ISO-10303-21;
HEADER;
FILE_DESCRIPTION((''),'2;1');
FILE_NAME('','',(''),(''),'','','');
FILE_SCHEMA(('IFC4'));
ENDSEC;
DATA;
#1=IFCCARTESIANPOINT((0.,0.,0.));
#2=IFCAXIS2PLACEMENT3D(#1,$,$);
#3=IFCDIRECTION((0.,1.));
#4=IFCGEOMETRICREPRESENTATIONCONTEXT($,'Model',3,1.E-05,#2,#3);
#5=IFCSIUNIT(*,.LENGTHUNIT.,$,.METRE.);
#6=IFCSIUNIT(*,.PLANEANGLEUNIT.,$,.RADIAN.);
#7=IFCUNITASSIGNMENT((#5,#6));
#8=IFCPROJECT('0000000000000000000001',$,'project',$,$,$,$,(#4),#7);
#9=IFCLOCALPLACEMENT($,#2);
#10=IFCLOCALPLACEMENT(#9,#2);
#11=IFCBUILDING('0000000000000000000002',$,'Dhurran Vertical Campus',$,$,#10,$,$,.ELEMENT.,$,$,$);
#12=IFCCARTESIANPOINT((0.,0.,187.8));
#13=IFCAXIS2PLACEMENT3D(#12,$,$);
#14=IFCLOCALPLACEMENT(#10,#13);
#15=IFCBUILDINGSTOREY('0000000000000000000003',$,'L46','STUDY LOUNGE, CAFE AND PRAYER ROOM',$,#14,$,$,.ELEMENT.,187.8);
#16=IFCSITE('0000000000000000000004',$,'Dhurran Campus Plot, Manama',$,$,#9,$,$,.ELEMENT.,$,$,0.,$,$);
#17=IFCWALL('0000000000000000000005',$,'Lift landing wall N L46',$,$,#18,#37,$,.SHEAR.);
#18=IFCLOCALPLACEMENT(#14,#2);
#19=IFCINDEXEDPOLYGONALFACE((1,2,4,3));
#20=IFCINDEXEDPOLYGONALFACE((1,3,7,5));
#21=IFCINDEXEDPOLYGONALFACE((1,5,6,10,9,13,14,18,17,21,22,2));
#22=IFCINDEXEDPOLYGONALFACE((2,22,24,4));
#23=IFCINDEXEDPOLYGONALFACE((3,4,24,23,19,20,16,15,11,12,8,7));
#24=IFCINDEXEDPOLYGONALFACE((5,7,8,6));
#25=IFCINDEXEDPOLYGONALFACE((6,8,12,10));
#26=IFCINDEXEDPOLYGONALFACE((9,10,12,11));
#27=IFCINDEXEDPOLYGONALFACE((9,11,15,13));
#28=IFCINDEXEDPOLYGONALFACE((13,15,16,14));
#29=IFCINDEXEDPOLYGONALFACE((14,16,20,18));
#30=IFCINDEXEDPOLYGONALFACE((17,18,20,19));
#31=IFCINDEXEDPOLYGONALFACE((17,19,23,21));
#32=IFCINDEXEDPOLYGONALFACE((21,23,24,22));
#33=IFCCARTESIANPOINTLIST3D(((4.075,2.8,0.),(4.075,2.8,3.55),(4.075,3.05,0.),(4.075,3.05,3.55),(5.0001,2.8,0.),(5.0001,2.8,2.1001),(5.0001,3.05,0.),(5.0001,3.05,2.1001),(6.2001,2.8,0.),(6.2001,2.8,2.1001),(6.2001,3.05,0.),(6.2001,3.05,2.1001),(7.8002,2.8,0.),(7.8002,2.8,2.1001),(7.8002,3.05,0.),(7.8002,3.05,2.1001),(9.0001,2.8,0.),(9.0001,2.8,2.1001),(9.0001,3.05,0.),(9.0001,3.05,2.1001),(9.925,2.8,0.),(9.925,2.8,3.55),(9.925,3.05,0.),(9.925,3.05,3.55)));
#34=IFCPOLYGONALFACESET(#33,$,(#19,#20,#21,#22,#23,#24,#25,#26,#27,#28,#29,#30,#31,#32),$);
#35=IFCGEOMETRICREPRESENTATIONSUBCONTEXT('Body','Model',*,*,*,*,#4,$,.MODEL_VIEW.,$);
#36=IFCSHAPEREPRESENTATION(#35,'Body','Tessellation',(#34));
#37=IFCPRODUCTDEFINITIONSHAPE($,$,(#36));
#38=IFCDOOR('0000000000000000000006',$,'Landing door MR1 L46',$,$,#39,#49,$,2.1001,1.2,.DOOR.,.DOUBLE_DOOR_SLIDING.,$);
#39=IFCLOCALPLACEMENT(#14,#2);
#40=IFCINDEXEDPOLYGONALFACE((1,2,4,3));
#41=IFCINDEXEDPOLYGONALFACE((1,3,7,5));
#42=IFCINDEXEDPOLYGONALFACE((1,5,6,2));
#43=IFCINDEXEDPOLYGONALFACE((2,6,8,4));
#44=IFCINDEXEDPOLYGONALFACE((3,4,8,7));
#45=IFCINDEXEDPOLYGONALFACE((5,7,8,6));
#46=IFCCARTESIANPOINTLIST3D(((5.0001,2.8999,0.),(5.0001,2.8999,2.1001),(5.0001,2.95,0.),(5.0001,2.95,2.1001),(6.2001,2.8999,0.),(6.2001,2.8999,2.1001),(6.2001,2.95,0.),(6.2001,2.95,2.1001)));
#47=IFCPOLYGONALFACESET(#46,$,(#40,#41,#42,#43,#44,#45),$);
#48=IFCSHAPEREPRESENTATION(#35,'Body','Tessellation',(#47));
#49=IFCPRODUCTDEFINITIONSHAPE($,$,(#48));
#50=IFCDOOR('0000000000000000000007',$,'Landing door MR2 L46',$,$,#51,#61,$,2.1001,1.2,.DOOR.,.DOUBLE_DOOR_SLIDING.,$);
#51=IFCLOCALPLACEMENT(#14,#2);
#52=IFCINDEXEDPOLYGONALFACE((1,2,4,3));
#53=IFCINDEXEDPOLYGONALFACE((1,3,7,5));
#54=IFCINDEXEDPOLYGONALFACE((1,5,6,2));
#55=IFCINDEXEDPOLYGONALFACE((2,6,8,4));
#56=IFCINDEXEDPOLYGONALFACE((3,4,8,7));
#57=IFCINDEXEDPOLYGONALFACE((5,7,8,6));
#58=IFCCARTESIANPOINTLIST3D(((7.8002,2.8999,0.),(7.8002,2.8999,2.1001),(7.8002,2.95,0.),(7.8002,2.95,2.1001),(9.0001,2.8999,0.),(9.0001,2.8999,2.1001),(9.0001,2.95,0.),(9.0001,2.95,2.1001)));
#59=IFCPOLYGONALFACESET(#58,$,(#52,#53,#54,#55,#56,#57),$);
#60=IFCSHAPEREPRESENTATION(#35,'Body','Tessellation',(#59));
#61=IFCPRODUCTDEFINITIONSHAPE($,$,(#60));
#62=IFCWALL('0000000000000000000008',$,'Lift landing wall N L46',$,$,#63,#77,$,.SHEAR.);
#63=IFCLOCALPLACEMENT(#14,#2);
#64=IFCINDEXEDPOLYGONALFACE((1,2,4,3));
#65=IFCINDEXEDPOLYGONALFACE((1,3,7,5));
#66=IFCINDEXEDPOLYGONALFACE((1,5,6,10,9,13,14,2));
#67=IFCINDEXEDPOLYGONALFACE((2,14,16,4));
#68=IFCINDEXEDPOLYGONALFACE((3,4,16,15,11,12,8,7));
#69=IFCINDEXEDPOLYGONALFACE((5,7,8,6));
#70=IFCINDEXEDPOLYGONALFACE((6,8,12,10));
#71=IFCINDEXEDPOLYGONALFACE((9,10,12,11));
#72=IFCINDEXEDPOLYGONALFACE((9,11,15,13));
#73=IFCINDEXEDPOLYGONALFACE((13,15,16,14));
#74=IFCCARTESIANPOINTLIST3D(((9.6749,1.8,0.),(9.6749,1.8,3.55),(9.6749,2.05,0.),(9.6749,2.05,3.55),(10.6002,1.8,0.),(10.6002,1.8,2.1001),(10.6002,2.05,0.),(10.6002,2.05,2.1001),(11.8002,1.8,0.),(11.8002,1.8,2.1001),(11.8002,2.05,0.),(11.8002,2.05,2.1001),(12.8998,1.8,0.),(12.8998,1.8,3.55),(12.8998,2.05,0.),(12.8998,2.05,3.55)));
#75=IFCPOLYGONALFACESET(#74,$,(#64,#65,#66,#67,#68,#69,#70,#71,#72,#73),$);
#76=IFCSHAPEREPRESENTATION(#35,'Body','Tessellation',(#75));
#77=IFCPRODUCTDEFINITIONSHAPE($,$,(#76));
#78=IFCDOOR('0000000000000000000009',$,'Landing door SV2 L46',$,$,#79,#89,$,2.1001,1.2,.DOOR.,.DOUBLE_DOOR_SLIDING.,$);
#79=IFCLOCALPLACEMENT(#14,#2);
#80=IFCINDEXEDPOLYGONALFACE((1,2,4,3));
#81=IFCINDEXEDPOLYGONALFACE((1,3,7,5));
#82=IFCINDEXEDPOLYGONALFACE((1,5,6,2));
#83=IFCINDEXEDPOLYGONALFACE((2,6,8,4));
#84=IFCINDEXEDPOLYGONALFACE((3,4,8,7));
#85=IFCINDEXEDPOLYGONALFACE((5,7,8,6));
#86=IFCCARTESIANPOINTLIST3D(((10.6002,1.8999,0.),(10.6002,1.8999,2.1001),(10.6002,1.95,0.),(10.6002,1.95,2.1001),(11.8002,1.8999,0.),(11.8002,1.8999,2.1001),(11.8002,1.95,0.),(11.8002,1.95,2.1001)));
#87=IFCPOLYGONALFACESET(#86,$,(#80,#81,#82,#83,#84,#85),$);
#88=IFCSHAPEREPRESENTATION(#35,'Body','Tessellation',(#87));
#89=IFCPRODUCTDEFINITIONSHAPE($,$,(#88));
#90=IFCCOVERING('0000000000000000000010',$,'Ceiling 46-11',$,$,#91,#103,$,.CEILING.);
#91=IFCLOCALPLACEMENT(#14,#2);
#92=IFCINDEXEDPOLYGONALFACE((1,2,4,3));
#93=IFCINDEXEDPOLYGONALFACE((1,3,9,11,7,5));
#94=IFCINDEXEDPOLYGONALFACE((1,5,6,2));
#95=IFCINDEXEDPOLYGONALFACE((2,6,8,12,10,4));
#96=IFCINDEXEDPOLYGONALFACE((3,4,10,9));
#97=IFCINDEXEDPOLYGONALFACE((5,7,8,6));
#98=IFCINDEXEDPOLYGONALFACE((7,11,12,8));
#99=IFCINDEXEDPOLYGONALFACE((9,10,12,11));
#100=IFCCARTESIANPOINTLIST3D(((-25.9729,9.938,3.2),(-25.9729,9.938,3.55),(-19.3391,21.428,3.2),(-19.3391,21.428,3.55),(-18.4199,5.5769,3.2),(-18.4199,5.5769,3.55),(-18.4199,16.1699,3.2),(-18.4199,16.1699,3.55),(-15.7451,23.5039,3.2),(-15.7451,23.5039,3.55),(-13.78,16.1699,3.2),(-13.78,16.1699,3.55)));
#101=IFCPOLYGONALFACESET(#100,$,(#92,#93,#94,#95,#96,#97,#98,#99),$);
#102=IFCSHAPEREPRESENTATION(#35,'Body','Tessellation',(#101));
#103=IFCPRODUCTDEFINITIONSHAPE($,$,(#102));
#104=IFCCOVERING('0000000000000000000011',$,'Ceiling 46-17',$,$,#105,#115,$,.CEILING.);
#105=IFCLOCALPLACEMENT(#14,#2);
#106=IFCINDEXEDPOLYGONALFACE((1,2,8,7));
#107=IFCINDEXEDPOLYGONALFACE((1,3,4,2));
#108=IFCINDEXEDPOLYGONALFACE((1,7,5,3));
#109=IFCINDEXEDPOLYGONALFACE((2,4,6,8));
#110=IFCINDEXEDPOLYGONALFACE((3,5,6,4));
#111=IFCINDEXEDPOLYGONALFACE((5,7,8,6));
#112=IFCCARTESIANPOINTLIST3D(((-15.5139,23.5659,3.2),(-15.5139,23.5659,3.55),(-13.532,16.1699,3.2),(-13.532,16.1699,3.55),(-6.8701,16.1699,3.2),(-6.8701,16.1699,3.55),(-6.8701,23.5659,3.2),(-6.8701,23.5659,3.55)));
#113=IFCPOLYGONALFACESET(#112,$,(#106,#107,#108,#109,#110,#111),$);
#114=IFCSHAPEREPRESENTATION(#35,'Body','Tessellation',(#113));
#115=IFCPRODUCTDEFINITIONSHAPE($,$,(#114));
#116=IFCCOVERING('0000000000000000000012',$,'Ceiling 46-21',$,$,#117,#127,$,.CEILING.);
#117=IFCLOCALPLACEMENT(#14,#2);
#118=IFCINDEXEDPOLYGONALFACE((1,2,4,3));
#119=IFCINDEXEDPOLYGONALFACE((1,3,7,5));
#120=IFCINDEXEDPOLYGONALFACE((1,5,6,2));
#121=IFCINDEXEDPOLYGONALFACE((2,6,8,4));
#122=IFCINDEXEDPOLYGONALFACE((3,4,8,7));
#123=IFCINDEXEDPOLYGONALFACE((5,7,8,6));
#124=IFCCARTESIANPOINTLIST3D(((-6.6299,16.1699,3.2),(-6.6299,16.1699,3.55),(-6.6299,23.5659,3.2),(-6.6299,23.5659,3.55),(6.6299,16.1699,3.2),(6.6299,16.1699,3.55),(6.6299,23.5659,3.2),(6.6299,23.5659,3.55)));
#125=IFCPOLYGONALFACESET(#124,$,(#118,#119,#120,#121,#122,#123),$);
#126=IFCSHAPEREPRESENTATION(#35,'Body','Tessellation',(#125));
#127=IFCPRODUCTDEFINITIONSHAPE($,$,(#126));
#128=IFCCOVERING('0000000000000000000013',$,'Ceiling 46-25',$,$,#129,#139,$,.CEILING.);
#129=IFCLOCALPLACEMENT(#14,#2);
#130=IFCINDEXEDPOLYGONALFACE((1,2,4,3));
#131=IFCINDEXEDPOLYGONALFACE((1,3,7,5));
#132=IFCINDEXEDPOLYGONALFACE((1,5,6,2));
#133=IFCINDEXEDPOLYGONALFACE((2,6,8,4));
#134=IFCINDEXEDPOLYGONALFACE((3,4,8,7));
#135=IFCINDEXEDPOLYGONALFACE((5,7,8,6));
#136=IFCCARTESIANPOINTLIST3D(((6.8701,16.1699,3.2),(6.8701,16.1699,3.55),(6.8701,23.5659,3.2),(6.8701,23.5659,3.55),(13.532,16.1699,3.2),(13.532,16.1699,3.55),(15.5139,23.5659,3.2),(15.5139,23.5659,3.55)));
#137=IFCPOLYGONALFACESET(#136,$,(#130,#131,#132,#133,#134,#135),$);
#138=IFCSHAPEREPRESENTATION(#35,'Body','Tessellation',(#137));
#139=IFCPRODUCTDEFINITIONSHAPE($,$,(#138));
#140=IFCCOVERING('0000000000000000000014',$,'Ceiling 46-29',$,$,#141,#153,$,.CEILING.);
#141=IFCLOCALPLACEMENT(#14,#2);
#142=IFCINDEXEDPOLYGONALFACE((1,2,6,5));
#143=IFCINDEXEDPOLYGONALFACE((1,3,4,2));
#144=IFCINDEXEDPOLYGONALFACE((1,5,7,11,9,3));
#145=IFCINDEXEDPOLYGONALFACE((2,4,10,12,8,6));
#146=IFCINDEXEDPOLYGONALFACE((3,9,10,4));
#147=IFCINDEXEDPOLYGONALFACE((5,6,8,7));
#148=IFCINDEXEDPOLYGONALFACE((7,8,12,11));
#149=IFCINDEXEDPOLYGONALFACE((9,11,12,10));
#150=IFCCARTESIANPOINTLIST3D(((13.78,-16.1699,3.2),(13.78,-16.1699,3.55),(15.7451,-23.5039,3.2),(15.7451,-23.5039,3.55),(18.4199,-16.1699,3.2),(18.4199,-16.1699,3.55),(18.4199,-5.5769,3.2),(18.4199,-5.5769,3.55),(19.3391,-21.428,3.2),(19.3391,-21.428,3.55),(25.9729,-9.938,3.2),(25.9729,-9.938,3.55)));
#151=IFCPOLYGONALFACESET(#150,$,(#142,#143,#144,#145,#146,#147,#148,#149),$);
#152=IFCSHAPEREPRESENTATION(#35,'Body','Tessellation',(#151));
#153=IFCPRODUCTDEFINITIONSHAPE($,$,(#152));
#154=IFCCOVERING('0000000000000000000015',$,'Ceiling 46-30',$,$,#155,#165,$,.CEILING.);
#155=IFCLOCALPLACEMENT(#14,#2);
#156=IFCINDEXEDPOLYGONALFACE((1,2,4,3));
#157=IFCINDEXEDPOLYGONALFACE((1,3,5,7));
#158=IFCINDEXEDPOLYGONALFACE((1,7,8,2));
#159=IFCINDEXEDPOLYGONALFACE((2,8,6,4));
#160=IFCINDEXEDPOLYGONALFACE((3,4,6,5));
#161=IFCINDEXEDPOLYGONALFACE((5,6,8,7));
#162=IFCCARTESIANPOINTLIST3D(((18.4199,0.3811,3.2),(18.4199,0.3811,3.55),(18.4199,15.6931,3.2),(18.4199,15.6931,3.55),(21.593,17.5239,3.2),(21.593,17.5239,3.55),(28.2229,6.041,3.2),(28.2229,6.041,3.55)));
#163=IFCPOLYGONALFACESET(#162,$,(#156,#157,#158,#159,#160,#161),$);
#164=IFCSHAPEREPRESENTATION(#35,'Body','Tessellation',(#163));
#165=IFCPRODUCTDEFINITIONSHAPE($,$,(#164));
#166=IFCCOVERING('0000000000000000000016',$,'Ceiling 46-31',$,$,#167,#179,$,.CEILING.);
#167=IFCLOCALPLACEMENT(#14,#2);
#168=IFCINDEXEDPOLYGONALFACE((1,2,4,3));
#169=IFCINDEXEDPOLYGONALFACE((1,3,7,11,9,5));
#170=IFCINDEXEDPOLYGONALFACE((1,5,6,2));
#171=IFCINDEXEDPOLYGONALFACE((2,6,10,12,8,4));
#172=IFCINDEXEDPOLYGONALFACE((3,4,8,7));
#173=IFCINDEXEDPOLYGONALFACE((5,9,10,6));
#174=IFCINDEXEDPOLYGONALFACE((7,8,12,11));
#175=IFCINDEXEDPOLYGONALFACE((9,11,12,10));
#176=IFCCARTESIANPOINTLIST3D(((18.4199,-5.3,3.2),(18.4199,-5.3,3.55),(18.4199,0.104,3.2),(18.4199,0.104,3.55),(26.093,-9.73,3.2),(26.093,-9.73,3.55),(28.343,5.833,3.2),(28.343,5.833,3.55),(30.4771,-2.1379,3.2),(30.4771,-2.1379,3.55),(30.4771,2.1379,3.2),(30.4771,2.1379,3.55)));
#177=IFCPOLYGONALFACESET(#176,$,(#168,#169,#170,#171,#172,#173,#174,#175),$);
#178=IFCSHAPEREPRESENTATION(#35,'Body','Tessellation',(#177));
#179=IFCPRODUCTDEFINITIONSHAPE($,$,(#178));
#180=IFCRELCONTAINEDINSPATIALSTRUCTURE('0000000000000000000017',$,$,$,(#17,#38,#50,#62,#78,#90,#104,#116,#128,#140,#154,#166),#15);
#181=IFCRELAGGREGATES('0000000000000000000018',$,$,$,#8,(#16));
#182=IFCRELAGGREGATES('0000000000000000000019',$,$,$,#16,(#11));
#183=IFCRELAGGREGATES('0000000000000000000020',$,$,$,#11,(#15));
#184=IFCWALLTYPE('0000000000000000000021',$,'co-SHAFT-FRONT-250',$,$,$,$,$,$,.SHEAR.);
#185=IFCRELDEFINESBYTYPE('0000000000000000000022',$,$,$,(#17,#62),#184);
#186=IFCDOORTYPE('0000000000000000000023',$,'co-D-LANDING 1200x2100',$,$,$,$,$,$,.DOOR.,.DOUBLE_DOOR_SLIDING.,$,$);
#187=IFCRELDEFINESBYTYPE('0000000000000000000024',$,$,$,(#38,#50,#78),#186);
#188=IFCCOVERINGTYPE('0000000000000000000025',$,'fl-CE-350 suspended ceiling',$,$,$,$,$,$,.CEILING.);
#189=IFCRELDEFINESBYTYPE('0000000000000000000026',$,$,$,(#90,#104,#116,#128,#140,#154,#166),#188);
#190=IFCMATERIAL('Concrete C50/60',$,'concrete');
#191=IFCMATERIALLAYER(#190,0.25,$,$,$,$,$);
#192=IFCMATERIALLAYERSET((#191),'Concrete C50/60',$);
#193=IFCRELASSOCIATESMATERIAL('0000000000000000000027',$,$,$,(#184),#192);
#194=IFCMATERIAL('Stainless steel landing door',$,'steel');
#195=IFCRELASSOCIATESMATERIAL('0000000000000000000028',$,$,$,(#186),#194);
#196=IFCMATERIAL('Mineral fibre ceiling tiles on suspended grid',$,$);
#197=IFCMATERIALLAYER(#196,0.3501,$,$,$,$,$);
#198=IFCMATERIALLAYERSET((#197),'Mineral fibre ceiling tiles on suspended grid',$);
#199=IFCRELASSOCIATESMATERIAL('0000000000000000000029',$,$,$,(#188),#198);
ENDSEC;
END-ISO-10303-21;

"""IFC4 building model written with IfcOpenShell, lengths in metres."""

from ifc_helpers import new_model, si_unit, direction, frame, frame_2d, origin, place, context, subcontext, project, spatial, polyline, rectangle, outline, extrude, material, layer, layer_set, type_object, element, fill, save


model = new_model("IFC4")

# Units and contexts
model_context = context("Model", 3, precision=1e-05, world=origin(), true_north=direction((0.0, 1.0)))
body_context = subcontext(model_context, "Body", "Model", "MODEL_VIEW")
ifc_project = project(units=[si_unit("LENGTHUNIT", "METRE"), si_unit("PLANEANGLEUNIT", "RADIAN")], contexts=[model_context])

# Site, building, storey
site_placement = place(None, origin())
site = spatial("IfcSite", under=ifc_project, at=site_placement, Name="Dhurran Campus Plot, Manama", CompositionType="ELEMENT", RefElevation=0.0)
building_placement = place(site_placement, origin())
building = spatial("IfcBuilding", under=site, at=building_placement, Name="Dhurran Vertical Campus", CompositionType="ELEMENT")
storey_placement = place(building_placement, frame((0.0, 0.0, 187.8)))
storey = spatial("IfcBuildingStorey", under=building, at=storey_placement, Name="L46", Description="STUDY LOUNGE, CAFE AND PRAYER ROOM", CompositionType="ELEMENT", Elevation=187.8)

# Wall, openings, doors
ifc_material_1 = material(Name="Concrete C50/60", Category="concrete")
ifc_layer_1 = layer(ifc_material_1, 0.25)
ifc_layer_set_1 = layer_set([ifc_layer_1], Name="Concrete C50/60")
wall_type_1 = type_object("IfcWallType", Name="co-SHAFT-FRONT-250", PredefinedType="SHEAR", material=ifc_layer_set_1)
wall_1_placement = place(storey_placement, frame((4.075, 2.925, 0.0), z_axis=(0.0, 0.0, 1.0), x_axis=(1.0, 0.0, 0.0)))
wall_1 = element("IfcWall", 1, at=wall_1_placement, inside=storey, type_object=wall_type_1, Name="Lift landing wall N L46", PredefinedType="SHEAR", context=body_context, shape_type="SweptSolid", body=[
    extrude(rectangle(XDim=5.8501, YDim=0.25, at=frame_2d((2.925, 0.0))), origin(), (0.0, 0.0, 1.0), 3.55),
])
opening_1_placement = place(wall_1_placement, frame((0.925, 0.0, 0.0)))
opening_1 = element("IfcOpeningElement", 2, at=opening_1_placement, cuts=wall_1, PredefinedType="OPENING", context=body_context, shape_type="SweptSolid", body=[
    extrude(rectangle(XDim=1.2, YDim=2.1001, at=frame_2d((0.6001, 1.05))), frame((0.0, 0.135, 0.0), z_axis=(0.0, -1.0, 0.0), x_axis=(1.0, 0.0, 0.0)), (0.0, 0.0, 1.0), 0.27),
])
opening_2_placement = place(wall_1_placement, frame((3.7251, 0.0, 0.0)))
opening_2 = element("IfcOpeningElement", 3, at=opening_2_placement, cuts=wall_1, PredefinedType="OPENING", context=body_context, shape_type="SweptSolid", body=[
    extrude(rectangle(XDim=1.2, YDim=2.1001, at=frame_2d((0.6001, 1.05))), frame((0.0, 0.135, 0.0), z_axis=(0.0, -1.0, 0.0), x_axis=(1.0, 0.0, 0.0)), (0.0, 0.0, 1.0), 0.27),
])
ifc_material_2 = material(Name="Stainless steel landing door", Category="steel")
door_type_1 = type_object("IfcDoorType", Name="co-D-LANDING 1200x2100", OperationType="DOUBLE_DOOR_SLIDING", PredefinedType="DOOR", material=ifc_material_2)
door_1_placement = place(opening_1_placement, origin())
door_1 = element("IfcDoor", 4, at=door_1_placement, inside=storey, type_object=door_type_1, Name="Landing door MR1 L46", OperationType="DOUBLE_DOOR_SLIDING", OverallHeight=2.1001, OverallWidth=1.2, PredefinedType="DOOR", context=body_context, shape_type="SweptSolid", body=[
    extrude(rectangle(XDim=1.2, YDim=2.1001, at=frame_2d((0.6001, 1.05))), frame((0.0, 0.0249, 0.0), z_axis=(0.0, -1.0, 0.0), x_axis=(1.0, 0.0, 0.0)), (0.0, 0.0, 1.0), 0.05),
])
fill(opening_1, door_1)
door_2_placement = place(opening_2_placement, origin())
door_2 = element("IfcDoor", 5, at=door_2_placement, inside=storey, type_object=door_type_1, Name="Landing door MR2 L46", OperationType="DOUBLE_DOOR_SLIDING", OverallHeight=2.1001, OverallWidth=1.2, PredefinedType="DOOR", context=body_context, shape_type="SweptSolid", body=[
    extrude(rectangle(XDim=1.2, YDim=2.1001, at=frame_2d((0.6001, 1.05))), frame((0.0, 0.0249, 0.0), z_axis=(0.0, -1.0, 0.0), x_axis=(1.0, 0.0, 0.0)), (0.0, 0.0, 1.0), 0.05),
])
fill(opening_2, door_2)

# Wall, opening, door
wall_2_placement = place(storey_placement, frame((9.675, 1.925, 0.0), z_axis=(0.0, 0.0, 1.0), x_axis=(1.0, 0.0, 0.0)))
wall_2 = element("IfcWall", 6, at=wall_2_placement, inside=storey, type_object=wall_type_1, Name="Lift landing wall N L46", PredefinedType="SHEAR", context=body_context, shape_type="SweptSolid", body=[
    extrude(rectangle(XDim=3.2249, YDim=0.25, at=frame_2d((1.6123, 0.0))), origin(), (0.0, 0.0, 1.0), 3.55),
])
opening_3_placement = place(wall_2_placement, frame((0.925, 0.0, 0.0)))
opening_3 = element("IfcOpeningElement", 7, at=opening_3_placement, cuts=wall_2, PredefinedType="OPENING", context=body_context, shape_type="SweptSolid", body=[
    extrude(rectangle(XDim=1.2, YDim=2.1001, at=frame_2d((0.6001, 1.05))), frame((0.0, 0.135, 0.0), z_axis=(0.0, -1.0, 0.0), x_axis=(1.0, 0.0, 0.0)), (0.0, 0.0, 1.0), 0.27),
])
door_3_placement = place(opening_3_placement, origin())
door_3 = element("IfcDoor", 8, at=door_3_placement, inside=storey, type_object=door_type_1, Name="Landing door SV2 L46", OperationType="DOUBLE_DOOR_SLIDING", OverallHeight=2.1001, OverallWidth=1.2, PredefinedType="DOOR", context=body_context, shape_type="SweptSolid", body=[
    extrude(rectangle(XDim=1.2, YDim=2.1001, at=frame_2d((0.6001, 1.05))), frame((0.0, 0.0249, 0.0), z_axis=(0.0, -1.0, 0.0), x_axis=(1.0, 0.0, 0.0)), (0.0, 0.0, 1.0), 0.05),
])
fill(opening_3, door_3)

# Coverings
ifc_material_3 = material(Name="Mineral fibre ceiling tiles on suspended grid")
ifc_layer_2 = layer(ifc_material_3, 0.3501)
ifc_layer_set_2 = layer_set([ifc_layer_2], Name="Mineral fibre ceiling tiles on suspended grid")
covering_type = type_object("IfcCoveringType", Name="fl-CE-350 suspended ceiling", PredefinedType="CEILING", material=ifc_layer_set_2)
covering_1_placement = place(storey_placement, frame((0.0, 0.0, 3.2)))
element("IfcCovering", 9, at=covering_1_placement, inside=storey, type_object=covering_type, Name="Ceiling 46-11", PredefinedType="CEILING", context=body_context, shape_type="SweptSolid", body=[
    extrude(outline(polyline([(-25.9729, 9.938), (-19.3391, 21.428), (-15.7451, 23.5039), (-13.78, 16.1699), (-18.4199, 16.1699), (-18.4199, 5.5769), (-25.9729, 9.938)])), origin(), (0.0, 0.0, 1.0), 0.3501),
])
covering_2_placement = place(storey_placement, frame((0.0, 0.0, 3.2)))
element("IfcCovering", 10, at=covering_2_placement, inside=storey, type_object=covering_type, Name="Ceiling 46-17", PredefinedType="CEILING", context=body_context, shape_type="SweptSolid", body=[
    extrude(outline(polyline([(-15.5139, 23.5659), (-6.8701, 23.5659), (-6.8701, 16.1699), (-13.532, 16.1699), (-15.5139, 23.5659)])), origin(), (0.0, 0.0, 1.0), 0.3501),
])
covering_3_placement = place(storey_placement, frame((0.0, 0.0, 3.2)))
element("IfcCovering", 11, at=covering_3_placement, inside=storey, type_object=covering_type, Name="Ceiling 46-21", PredefinedType="CEILING", context=body_context, shape_type="SweptSolid", body=[
    extrude(outline(polyline([(-6.6299, 23.5659), (6.6299, 23.5659), (6.6299, 16.1699), (-6.6299, 16.1699), (-6.6299, 23.5659)])), origin(), (0.0, 0.0, 1.0), 0.3501),
])
covering_4_placement = place(storey_placement, frame((0.0, 0.0, 3.2)))
element("IfcCovering", 12, at=covering_4_placement, inside=storey, type_object=covering_type, Name="Ceiling 46-25", PredefinedType="CEILING", context=body_context, shape_type="SweptSolid", body=[
    extrude(outline(polyline([(6.8701, 23.5659), (15.5139, 23.5659), (13.532, 16.1699), (6.8701, 16.1699), (6.8701, 23.5659)])), origin(), (0.0, 0.0, 1.0), 0.3501),
])
covering_5_placement = place(storey_placement, frame((0.0, 0.0, 3.2)))
element("IfcCovering", 13, at=covering_5_placement, inside=storey, type_object=covering_type, Name="Ceiling 46-29", PredefinedType="CEILING", context=body_context, shape_type="SweptSolid", body=[
    extrude(outline(polyline([(25.9729, -9.938), (19.3391, -21.428), (15.7451, -23.5039), (13.78, -16.1699), (18.4199, -16.1699), (18.4199, -5.5769), (25.9729, -9.938)])), origin(), (0.0, 0.0, 1.0), 0.3501),
])
covering_6_placement = place(storey_placement, frame((0.0, 0.0, 3.2)))
element("IfcCovering", 14, at=covering_6_placement, inside=storey, type_object=covering_type, Name="Ceiling 46-30", PredefinedType="CEILING", context=body_context, shape_type="SweptSolid", body=[
    extrude(outline(polyline([(21.593, 17.5239), (28.2229, 6.041), (18.4199, 0.3811), (18.4199, 15.6931), (21.593, 17.5239)])), origin(), (0.0, 0.0, 1.0), 0.3501),
])
covering_7_placement = place(storey_placement, frame((0.0, 0.0, 3.2)))
element("IfcCovering", 15, at=covering_7_placement, inside=storey, type_object=covering_type, Name="Ceiling 46-31", PredefinedType="CEILING", context=body_context, shape_type="SweptSolid", body=[
    extrude(outline(polyline([(28.343, 5.833), (30.4771, 2.1379), (30.4771, -2.1379), (26.093, -9.73), (18.4199, -5.3), (18.4199, 0.104), (28.343, 5.833)])), origin(), (0.0, 0.0, 1.0), 0.3501),
])

save(model, "model.ifc")
